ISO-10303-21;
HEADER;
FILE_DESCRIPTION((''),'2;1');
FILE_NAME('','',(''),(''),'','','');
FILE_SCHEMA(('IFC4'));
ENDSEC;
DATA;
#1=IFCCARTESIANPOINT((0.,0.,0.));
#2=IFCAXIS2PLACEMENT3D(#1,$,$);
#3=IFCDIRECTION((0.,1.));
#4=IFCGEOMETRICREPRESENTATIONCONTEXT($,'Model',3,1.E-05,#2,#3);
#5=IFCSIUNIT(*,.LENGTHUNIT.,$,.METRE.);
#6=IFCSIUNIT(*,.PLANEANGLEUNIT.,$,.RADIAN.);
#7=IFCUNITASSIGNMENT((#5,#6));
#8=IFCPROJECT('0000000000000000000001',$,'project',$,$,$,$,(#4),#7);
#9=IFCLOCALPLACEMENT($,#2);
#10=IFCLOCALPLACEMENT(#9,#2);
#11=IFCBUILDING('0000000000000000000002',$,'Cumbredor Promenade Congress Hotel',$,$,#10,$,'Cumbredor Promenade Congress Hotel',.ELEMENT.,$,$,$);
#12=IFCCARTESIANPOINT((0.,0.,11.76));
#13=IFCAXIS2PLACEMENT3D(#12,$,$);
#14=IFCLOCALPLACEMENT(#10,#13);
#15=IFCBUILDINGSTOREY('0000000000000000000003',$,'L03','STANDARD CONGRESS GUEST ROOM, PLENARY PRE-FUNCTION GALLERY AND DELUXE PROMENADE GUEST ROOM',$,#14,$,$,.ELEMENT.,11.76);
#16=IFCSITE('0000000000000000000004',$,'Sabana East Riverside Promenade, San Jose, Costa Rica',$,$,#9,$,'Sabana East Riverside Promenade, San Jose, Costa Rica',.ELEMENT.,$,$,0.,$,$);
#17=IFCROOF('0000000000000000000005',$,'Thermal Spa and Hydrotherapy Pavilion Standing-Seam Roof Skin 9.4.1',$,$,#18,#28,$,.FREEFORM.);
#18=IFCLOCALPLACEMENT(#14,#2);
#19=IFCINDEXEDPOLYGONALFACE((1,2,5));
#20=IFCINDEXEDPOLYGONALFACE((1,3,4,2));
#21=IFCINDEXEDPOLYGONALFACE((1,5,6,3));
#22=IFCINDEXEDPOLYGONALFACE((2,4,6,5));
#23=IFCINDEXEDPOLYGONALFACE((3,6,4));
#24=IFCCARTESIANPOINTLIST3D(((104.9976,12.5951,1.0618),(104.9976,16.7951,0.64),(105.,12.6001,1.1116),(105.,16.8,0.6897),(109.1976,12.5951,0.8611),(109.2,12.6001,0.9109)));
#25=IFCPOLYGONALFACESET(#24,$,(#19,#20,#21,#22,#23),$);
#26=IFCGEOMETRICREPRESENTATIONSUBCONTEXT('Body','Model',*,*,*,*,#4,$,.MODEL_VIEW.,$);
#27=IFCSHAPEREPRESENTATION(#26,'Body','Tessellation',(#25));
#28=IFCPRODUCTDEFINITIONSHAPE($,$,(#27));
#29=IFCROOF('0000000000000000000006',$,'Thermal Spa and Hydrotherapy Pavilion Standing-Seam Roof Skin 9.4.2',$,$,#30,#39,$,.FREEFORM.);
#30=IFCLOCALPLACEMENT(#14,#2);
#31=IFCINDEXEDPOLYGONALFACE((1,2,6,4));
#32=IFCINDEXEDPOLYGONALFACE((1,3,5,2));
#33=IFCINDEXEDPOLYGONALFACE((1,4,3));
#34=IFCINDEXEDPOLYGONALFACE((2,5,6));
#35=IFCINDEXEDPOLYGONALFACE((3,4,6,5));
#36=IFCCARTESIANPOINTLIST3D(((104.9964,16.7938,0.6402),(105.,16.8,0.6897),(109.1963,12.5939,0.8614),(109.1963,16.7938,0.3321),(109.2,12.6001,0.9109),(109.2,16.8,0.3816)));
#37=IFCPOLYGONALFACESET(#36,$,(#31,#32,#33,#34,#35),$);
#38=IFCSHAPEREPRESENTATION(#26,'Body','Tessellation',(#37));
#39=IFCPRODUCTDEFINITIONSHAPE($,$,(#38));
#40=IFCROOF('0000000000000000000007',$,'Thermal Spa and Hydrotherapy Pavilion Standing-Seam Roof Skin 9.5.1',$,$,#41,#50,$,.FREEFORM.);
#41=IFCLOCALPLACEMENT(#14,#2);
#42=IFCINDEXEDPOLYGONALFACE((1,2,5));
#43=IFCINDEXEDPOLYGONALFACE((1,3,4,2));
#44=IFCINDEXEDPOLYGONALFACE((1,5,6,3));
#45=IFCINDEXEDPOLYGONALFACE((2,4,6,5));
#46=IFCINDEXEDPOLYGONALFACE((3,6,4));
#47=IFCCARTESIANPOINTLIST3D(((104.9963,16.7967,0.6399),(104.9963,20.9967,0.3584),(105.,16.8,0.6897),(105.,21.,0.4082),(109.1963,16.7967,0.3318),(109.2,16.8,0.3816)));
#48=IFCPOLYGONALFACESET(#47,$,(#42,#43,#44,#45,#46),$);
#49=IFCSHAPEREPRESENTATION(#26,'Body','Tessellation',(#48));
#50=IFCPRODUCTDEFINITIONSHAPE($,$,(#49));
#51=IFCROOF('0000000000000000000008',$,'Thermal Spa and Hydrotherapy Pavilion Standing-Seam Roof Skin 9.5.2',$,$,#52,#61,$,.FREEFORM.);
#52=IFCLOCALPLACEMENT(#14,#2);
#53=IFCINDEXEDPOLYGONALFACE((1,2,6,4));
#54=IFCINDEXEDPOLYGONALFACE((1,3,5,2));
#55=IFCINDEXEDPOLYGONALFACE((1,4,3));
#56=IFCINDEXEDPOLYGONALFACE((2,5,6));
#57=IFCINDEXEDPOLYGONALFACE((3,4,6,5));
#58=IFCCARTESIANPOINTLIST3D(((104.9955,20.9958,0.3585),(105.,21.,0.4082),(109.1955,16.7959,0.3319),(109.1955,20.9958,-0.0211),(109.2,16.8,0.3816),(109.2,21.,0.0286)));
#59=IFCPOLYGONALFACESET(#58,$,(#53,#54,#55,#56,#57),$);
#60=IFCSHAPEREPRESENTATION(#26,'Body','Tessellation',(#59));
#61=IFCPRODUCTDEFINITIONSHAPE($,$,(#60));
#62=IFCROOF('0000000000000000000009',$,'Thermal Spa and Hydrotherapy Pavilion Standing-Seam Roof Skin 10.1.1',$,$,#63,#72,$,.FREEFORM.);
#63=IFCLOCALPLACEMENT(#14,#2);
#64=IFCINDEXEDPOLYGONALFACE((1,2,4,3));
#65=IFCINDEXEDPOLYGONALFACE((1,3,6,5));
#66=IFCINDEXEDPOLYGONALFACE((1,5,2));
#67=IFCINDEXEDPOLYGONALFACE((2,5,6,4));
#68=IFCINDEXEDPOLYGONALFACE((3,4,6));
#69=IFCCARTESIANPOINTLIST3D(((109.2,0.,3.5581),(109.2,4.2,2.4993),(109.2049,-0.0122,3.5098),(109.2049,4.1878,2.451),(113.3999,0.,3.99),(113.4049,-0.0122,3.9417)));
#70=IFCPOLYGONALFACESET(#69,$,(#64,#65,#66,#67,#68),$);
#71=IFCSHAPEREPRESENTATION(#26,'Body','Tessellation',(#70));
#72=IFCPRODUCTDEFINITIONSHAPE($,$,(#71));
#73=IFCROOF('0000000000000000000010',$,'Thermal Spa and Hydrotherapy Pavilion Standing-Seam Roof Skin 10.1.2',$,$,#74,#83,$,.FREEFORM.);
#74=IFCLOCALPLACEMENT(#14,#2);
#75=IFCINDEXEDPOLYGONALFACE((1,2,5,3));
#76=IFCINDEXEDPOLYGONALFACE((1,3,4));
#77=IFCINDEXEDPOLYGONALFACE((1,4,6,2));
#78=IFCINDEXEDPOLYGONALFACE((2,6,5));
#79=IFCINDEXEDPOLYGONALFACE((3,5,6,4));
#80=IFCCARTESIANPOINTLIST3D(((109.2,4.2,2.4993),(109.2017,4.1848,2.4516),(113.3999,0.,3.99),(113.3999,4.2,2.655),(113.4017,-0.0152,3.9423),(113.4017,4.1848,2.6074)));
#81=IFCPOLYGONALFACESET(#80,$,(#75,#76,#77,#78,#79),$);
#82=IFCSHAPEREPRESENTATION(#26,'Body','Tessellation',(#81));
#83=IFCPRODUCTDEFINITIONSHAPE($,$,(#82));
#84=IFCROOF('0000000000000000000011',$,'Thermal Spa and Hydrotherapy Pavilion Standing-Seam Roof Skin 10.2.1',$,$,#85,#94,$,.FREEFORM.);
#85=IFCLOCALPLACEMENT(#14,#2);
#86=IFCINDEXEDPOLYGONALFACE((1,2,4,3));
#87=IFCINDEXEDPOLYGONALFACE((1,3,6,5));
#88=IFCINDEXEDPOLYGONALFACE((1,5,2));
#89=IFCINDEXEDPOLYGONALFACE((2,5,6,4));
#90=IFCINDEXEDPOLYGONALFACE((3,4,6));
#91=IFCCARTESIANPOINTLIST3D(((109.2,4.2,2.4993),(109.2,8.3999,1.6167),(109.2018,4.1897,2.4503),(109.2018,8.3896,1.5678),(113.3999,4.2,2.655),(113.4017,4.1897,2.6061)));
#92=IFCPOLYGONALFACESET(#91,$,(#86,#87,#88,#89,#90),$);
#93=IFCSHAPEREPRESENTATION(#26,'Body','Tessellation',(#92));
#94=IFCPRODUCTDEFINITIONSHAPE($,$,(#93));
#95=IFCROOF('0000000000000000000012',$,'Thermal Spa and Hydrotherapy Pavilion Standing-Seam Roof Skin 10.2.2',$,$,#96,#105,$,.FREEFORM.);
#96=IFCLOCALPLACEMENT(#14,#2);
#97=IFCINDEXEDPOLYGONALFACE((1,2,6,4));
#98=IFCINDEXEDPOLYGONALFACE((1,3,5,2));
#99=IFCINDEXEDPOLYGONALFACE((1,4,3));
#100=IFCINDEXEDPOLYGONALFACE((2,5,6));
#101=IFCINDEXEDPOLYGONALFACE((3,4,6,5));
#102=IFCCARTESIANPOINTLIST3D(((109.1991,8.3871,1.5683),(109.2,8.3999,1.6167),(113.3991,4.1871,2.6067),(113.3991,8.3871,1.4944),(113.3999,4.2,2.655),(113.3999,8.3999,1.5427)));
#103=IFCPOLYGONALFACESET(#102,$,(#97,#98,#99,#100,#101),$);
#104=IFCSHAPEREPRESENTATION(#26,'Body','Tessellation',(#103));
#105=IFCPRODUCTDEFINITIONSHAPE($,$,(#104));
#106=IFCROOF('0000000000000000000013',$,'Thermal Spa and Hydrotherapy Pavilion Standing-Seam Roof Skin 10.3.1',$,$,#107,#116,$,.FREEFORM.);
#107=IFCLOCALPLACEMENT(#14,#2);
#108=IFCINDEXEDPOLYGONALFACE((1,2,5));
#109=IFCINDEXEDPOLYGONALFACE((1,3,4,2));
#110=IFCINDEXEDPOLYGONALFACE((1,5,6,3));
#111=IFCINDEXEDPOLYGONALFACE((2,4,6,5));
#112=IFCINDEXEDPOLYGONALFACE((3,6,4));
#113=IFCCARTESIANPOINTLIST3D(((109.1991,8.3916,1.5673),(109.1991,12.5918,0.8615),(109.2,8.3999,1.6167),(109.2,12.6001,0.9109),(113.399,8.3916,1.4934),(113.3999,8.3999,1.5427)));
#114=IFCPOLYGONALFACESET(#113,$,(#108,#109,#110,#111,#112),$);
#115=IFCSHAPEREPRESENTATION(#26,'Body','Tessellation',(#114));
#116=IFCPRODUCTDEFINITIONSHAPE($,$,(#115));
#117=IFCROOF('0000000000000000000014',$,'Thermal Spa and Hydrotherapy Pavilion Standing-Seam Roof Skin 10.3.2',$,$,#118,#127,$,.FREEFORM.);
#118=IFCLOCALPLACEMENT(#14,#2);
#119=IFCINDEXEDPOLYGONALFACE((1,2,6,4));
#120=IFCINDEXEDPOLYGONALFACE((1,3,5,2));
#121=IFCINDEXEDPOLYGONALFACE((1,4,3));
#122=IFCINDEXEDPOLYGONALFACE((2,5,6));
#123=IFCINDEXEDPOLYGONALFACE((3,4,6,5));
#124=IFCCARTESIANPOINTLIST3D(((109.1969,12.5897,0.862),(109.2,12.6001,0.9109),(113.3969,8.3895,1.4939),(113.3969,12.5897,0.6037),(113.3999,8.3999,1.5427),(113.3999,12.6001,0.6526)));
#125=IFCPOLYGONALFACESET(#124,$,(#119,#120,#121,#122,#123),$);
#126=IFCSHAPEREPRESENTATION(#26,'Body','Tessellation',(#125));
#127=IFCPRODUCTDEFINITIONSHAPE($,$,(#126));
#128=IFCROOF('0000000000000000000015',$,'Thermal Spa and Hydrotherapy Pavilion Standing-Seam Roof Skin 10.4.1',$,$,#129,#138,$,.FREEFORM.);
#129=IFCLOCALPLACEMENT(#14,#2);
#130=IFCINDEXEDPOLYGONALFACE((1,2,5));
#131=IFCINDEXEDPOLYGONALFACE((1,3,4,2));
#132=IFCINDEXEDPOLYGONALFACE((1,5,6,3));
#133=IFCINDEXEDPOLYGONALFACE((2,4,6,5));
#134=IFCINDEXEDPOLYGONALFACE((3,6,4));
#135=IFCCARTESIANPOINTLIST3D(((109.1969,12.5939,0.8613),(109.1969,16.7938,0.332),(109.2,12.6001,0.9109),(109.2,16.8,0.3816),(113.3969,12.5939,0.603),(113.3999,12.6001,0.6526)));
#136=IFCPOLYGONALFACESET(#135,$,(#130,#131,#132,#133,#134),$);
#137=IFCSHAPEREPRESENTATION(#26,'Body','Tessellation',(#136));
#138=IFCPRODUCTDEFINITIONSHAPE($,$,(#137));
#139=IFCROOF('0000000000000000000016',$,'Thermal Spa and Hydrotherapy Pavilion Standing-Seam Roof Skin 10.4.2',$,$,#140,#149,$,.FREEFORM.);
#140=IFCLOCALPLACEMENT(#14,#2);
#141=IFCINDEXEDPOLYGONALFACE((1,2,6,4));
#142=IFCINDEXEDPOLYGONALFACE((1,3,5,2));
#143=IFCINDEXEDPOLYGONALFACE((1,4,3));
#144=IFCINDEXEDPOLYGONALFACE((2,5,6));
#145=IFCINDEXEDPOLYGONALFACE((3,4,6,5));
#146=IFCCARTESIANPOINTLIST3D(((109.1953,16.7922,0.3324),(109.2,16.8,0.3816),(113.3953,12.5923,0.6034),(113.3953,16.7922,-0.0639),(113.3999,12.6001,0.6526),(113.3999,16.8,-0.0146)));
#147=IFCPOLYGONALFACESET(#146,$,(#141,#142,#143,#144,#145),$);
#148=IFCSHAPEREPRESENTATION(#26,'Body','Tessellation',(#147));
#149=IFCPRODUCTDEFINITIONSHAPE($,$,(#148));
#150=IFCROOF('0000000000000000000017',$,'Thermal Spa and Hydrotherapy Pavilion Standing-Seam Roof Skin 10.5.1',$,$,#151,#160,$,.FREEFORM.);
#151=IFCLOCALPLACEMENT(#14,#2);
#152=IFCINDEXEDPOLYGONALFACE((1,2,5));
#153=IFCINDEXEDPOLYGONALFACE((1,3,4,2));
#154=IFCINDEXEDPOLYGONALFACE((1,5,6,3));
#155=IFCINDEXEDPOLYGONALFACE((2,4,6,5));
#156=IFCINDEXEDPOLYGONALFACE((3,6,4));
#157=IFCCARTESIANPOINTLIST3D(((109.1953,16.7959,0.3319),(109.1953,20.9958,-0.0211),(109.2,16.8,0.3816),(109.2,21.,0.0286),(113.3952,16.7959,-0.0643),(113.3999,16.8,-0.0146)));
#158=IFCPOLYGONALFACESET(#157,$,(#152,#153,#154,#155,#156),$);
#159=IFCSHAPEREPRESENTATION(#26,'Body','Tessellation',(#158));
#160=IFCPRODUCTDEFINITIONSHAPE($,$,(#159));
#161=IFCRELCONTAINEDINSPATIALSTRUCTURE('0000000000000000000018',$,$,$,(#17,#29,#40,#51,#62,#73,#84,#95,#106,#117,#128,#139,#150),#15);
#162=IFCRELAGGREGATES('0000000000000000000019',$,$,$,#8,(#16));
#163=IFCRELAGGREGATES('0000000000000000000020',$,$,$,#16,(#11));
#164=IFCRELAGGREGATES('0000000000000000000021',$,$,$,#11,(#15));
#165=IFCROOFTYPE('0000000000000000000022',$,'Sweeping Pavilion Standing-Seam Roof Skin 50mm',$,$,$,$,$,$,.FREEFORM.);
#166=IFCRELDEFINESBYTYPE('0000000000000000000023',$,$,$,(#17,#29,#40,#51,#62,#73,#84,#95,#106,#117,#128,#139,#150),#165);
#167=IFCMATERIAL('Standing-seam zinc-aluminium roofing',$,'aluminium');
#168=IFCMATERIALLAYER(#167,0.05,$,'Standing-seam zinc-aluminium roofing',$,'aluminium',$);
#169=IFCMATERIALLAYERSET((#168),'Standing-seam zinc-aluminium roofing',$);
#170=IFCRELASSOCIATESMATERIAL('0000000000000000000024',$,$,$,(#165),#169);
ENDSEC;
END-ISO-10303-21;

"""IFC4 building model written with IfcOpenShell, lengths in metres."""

from ifc_helpers import new_model, si_unit, direction, frame, origin, place, context, subcontext, project, spatial, polyline, outline, extrude, material, layer, layer_set, type_object, element, save


model = new_model("IFC4")

# Units and contexts
model_context = context("Model", 3, precision=1e-05, world=origin(), true_north=direction((0.0, 1.0)))
body_context = subcontext(model_context, "Body", "Model", "MODEL_VIEW")
ifc_project = project(units=[si_unit("LENGTHUNIT", "METRE"), si_unit("PLANEANGLEUNIT", "RADIAN")], contexts=[model_context])

# Site, building, storey
site_placement = place(None, origin())
site = spatial("IfcSite", under=ifc_project, at=site_placement, Name="Sabana East Riverside Promenade, San Jose, Costa Rica", LongName="Sabana East Riverside Promenade, San Jose, Costa Rica", CompositionType="ELEMENT", RefElevation=0.0)
building_placement = place(site_placement, origin())
building = spatial("IfcBuilding", under=site, at=building_placement, Name="Cumbredor Promenade Congress Hotel", LongName="Cumbredor Promenade Congress Hotel", CompositionType="ELEMENT")
storey_placement = place(building_placement, frame((0.0, 0.0, 11.76)))
storey = spatial("IfcBuildingStorey", under=building, at=storey_placement, Name="L03", Description="STANDARD CONGRESS GUEST ROOM, PLENARY PRE-FUNCTION GALLERY AND DELUXE PROMENADE GUEST ROOM", CompositionType="ELEMENT", Elevation=11.76)

# Roofs
ifc_material_1 = material(Name="Standing-seam zinc-aluminium roofing", Category="aluminium")
ifc_layer_1 = layer(ifc_material_1, 0.05, Name="Standing-seam zinc-aluminium roofing", Category="aluminium")
ifc_layer_set_1 = layer_set([ifc_layer_1], Name="Standing-seam zinc-aluminium roofing")
roof_type = type_object("IfcRoofType", Name="Sweeping Pavilion Standing-Seam Roof Skin 50mm", PredefinedType="FREEFORM", material=ifc_layer_set_1)
roof_1_placement = place(storey_placement, frame((105.0, 12.6001, 1.1116), z_axis=(0.047489, 0.099832, 0.99387), x_axis=(0.99886, 0.0, -0.047728)))
element("IfcRoof", 1, at=roof_1_placement, inside=storey, type_object=roof_type, Name="Thermal Spa and Hydrotherapy Pavilion Standing-Seam Roof Skin 9.4.1", PredefinedType="FREEFORM", context=body_context, shape_type="SweptSolid", body=[
    extrude(outline(polyline([(0.0, 0.0), (4.2047, 0.0), (0.0201, 4.221), (0.0, 0.0)])), origin(), (0.0, 0.0, -1.0), 0.05),
])
roof_2_placement = place(storey_placement, frame((109.2, 12.6001, 0.9109), z_axis=(0.072592, 0.124706, 0.989535), x_axis=(0.0, 0.992152, -0.125036)))
element("IfcRoof", 2, at=roof_2_placement, inside=storey, type_object=roof_type, Name="Thermal Spa and Hydrotherapy Pavilion Standing-Seam Roof Skin 9.4.2", PredefinedType="FREEFORM", context=body_context, shape_type="SweptSolid", body=[
    extrude(outline(polyline([(0.0, 0.0), (4.2332, 0.0), (4.1946, 4.2111), (0.0, 0.0)])), origin(), (0.0, 0.0, -1.0), 0.05),
])
roof_3_placement = place(storey_placement, frame((105.0, 16.8, 0.6897), z_axis=(0.073, 0.066695, 0.995099), x_axis=(0.99732, 0.0, -0.073163)))
element("IfcRoof", 3, at=roof_3_placement, inside=storey, type_object=roof_type, Name="Thermal Spa and Hydrotherapy Pavilion Standing-Seam Roof Skin 9.5.1", PredefinedType="FREEFORM", context=body_context, shape_type="SweptSolid", body=[
    extrude(outline(polyline([(0.0, 0.0), (4.2112, 0.0), (0.0206, 4.2093), (0.0, 0.0)])), origin(), (0.0, 0.0, -1.0), 0.05),
])
roof_4_placement = place(storey_placement, frame((109.2, 16.8, 0.3816), z_axis=(0.08971, 0.083422, 0.992468), x_axis=(0.0, 0.996486, -0.08376)))
element("IfcRoof", 4, at=roof_4_placement, inside=storey, type_object=roof_type, Name="Thermal Spa and Hydrotherapy Pavilion Standing-Seam Roof Skin 9.5.2", PredefinedType="FREEFORM", context=body_context, shape_type="SweptSolid", body=[
    extrude(outline(polyline([(0.0, 0.0), (4.2148, 0.0), (4.183, 4.217), (0.0, 0.0)])), origin(), (0.0, 0.0, -1.0), 0.05),
])
roof_5_placement = place(storey_placement, frame((109.2, 0.0, 3.5581), z_axis=(-0.099219, 0.243252, 0.964875), x_axis=(0.994754, 0.0, 0.102291)))
element("IfcRoof", 5, at=roof_5_placement, inside=storey, type_object=roof_type, Name="Thermal Spa and Hydrotherapy Pavilion Standing-Seam Roof Skin 10.1.1", PredefinedType="FREEFORM", context=body_context, shape_type="SweptSolid", body=[
    extrude(outline(polyline([(0.0, 0.0), (4.2221, 0.0), (-0.1083, 4.33), (0.0, 0.0)])), origin(), (0.0, 0.0, -1.0), 0.05),
])
roof_6_placement = place(storey_placement, frame((113.3999, 0.0, 3.99), z_axis=(-0.035322, 0.302729, 0.952422), x_axis=(0.0, 0.953017, -0.302918)))
element("IfcRoof", 6, at=roof_6_placement, inside=storey, type_object=roof_type, Name="Thermal Spa and Hydrotherapy Pavilion Standing-Seam Roof Skin 10.1.2", PredefinedType="FREEFORM", context=body_context, shape_type="SweptSolid", body=[
    extrude(outline(polyline([(0.0, 0.0), (4.407, 0.0), (4.4542, 4.2026), (0.0, 0.0)])), origin(), (0.0, 0.0, -1.0), 0.05),
])
roof_7_placement = place(storey_placement, frame((109.2, 4.2, 2.4993), z_axis=(-0.03627, 0.205511, 0.977982), x_axis=(0.999313, 0.0, 0.037061)))
element("IfcRoof", 7, at=roof_7_placement, inside=storey, type_object=roof_type, Name="Thermal Spa and Hydrotherapy Pavilion Standing-Seam Roof Skin 10.2.1", PredefinedType="FREEFORM", context=body_context, shape_type="SweptSolid", body=[
    extrude(outline(polyline([(0.0, 0.0), (4.2028, 0.0), (-0.0327, 4.2916), (0.0, 0.0)])), origin(), (0.0, 0.0, -1.0), 0.05),
])
roof_8_placement = place(storey_placement, frame((113.3999, 4.2, 2.655), z_axis=(0.017024, 0.255974, 0.966534), x_axis=(0.0, 0.966674, -0.256011)))
element("IfcRoof", 8, at=roof_8_placement, inside=storey, type_object=roof_type, Name="Thermal Spa and Hydrotherapy Pavilion Standing-Seam Roof Skin 10.2.2", PredefinedType="FREEFORM", context=body_context, shape_type="SweptSolid", body=[
    extrude(outline(polyline([(0.0, 0.0), (4.3447, 0.0), (4.3258, 4.2006), (0.0, 0.0)])), origin(), (0.0, 0.0, -1.0), 0.05),
])
roof_9_placement = place(storey_placement, frame((109.2, 8.3999, 1.6167), z_axis=(0.017367, 0.165694, 0.986024), x_axis=(0.999845, 0.0, -0.01761)))
element("IfcRoof", 9, at=roof_9_placement, inside=storey, type_object=roof_type, Name="Thermal Spa and Hydrotherapy Pavilion Standing-Seam Roof Skin 10.3.1", PredefinedType="FREEFORM", context=body_context, shape_type="SweptSolid", body=[
    extrude(outline(polyline([(0.0, 0.0), (4.2006, 0.0), (0.0124, 4.2591), (0.0, 0.0)])), origin(), (0.0, 0.0, -1.0), 0.05),
])
roof_10_placement = place(storey_placement, frame((113.3999, 8.3999, 1.5427), z_axis=(0.060056, 0.206949, 0.976507), x_axis=(0.0, 0.978273, -0.207323)))
element("IfcRoof", 10, at=roof_10_placement, inside=storey, type_object=roof_type, Name="Thermal Spa and Hydrotherapy Pavilion Standing-Seam Roof Skin 10.3.2", PredefinedType="FREEFORM", context=body_context, shape_type="SweptSolid", body=[
    extrude(outline(polyline([(0.0, 0.0), (4.2935, 0.0), (4.2399, 4.2075), (0.0, 0.0)])), origin(), (0.0, 0.0, -1.0), 0.05),
])
roof_11_placement = place(storey_placement, frame((109.2, 12.6001, 0.9109), z_axis=(0.060905, 0.124803, 0.99031), x_axis=(0.998114, 0.0, -0.061385)))
element("IfcRoof", 11, at=roof_11_placement, inside=storey, type_object=roof_type, Name="Thermal Spa and Hydrotherapy Pavilion Standing-Seam Roof Skin 10.4.1", PredefinedType="FREEFORM", context=body_context, shape_type="SweptSolid", body=[
    extrude(outline(polyline([(0.0, 0.0), (4.2079, 0.0), (0.0325, 4.233), (0.0, 0.0)])), origin(), (0.0, 0.0, -1.0), 0.05),
])
roof_12_placement = place(storey_placement, frame((113.3999, 12.6001, 0.6526), z_axis=(0.092774, 0.156223, 0.983355), x_axis=(0.0, 0.987614, -0.1569)))
element("IfcRoof", 12, at=roof_12_placement, inside=storey, type_object=roof_type, Name="Thermal Spa and Hydrotherapy Pavilion Standing-Seam Roof Skin 10.4.2", PredefinedType="FREEFORM", context=body_context, shape_type="SweptSolid", body=[
    extrude(outline(polyline([(0.0, 0.0), (4.2526, 0.0), (4.1905, 4.2181), (0.0, 0.0)])), origin(), (0.0, 0.0, -1.0), 0.05),
])
roof_13_placement = place(storey_placement, frame((109.2, 16.8, 0.3816), z_axis=(0.0936, 0.083392, 0.992111), x_axis=(0.995579, 0.0, -0.093927)))
element("IfcRoof", 13, at=roof_13_placement, inside=storey, type_object=roof_type, Name="Thermal Spa and Hydrotherapy Pavilion Standing-Seam Roof Skin 10.5.1", PredefinedType="FREEFORM", context=body_context, shape_type="SweptSolid", body=[
    extrude(outline(polyline([(0.0, 0.0), (4.2186, 0.0), (0.0332, 4.2146), (0.0, 0.0)])), origin(), (0.0, 0.0, -1.0), 0.05),
])

save(model, "model.ifc")
